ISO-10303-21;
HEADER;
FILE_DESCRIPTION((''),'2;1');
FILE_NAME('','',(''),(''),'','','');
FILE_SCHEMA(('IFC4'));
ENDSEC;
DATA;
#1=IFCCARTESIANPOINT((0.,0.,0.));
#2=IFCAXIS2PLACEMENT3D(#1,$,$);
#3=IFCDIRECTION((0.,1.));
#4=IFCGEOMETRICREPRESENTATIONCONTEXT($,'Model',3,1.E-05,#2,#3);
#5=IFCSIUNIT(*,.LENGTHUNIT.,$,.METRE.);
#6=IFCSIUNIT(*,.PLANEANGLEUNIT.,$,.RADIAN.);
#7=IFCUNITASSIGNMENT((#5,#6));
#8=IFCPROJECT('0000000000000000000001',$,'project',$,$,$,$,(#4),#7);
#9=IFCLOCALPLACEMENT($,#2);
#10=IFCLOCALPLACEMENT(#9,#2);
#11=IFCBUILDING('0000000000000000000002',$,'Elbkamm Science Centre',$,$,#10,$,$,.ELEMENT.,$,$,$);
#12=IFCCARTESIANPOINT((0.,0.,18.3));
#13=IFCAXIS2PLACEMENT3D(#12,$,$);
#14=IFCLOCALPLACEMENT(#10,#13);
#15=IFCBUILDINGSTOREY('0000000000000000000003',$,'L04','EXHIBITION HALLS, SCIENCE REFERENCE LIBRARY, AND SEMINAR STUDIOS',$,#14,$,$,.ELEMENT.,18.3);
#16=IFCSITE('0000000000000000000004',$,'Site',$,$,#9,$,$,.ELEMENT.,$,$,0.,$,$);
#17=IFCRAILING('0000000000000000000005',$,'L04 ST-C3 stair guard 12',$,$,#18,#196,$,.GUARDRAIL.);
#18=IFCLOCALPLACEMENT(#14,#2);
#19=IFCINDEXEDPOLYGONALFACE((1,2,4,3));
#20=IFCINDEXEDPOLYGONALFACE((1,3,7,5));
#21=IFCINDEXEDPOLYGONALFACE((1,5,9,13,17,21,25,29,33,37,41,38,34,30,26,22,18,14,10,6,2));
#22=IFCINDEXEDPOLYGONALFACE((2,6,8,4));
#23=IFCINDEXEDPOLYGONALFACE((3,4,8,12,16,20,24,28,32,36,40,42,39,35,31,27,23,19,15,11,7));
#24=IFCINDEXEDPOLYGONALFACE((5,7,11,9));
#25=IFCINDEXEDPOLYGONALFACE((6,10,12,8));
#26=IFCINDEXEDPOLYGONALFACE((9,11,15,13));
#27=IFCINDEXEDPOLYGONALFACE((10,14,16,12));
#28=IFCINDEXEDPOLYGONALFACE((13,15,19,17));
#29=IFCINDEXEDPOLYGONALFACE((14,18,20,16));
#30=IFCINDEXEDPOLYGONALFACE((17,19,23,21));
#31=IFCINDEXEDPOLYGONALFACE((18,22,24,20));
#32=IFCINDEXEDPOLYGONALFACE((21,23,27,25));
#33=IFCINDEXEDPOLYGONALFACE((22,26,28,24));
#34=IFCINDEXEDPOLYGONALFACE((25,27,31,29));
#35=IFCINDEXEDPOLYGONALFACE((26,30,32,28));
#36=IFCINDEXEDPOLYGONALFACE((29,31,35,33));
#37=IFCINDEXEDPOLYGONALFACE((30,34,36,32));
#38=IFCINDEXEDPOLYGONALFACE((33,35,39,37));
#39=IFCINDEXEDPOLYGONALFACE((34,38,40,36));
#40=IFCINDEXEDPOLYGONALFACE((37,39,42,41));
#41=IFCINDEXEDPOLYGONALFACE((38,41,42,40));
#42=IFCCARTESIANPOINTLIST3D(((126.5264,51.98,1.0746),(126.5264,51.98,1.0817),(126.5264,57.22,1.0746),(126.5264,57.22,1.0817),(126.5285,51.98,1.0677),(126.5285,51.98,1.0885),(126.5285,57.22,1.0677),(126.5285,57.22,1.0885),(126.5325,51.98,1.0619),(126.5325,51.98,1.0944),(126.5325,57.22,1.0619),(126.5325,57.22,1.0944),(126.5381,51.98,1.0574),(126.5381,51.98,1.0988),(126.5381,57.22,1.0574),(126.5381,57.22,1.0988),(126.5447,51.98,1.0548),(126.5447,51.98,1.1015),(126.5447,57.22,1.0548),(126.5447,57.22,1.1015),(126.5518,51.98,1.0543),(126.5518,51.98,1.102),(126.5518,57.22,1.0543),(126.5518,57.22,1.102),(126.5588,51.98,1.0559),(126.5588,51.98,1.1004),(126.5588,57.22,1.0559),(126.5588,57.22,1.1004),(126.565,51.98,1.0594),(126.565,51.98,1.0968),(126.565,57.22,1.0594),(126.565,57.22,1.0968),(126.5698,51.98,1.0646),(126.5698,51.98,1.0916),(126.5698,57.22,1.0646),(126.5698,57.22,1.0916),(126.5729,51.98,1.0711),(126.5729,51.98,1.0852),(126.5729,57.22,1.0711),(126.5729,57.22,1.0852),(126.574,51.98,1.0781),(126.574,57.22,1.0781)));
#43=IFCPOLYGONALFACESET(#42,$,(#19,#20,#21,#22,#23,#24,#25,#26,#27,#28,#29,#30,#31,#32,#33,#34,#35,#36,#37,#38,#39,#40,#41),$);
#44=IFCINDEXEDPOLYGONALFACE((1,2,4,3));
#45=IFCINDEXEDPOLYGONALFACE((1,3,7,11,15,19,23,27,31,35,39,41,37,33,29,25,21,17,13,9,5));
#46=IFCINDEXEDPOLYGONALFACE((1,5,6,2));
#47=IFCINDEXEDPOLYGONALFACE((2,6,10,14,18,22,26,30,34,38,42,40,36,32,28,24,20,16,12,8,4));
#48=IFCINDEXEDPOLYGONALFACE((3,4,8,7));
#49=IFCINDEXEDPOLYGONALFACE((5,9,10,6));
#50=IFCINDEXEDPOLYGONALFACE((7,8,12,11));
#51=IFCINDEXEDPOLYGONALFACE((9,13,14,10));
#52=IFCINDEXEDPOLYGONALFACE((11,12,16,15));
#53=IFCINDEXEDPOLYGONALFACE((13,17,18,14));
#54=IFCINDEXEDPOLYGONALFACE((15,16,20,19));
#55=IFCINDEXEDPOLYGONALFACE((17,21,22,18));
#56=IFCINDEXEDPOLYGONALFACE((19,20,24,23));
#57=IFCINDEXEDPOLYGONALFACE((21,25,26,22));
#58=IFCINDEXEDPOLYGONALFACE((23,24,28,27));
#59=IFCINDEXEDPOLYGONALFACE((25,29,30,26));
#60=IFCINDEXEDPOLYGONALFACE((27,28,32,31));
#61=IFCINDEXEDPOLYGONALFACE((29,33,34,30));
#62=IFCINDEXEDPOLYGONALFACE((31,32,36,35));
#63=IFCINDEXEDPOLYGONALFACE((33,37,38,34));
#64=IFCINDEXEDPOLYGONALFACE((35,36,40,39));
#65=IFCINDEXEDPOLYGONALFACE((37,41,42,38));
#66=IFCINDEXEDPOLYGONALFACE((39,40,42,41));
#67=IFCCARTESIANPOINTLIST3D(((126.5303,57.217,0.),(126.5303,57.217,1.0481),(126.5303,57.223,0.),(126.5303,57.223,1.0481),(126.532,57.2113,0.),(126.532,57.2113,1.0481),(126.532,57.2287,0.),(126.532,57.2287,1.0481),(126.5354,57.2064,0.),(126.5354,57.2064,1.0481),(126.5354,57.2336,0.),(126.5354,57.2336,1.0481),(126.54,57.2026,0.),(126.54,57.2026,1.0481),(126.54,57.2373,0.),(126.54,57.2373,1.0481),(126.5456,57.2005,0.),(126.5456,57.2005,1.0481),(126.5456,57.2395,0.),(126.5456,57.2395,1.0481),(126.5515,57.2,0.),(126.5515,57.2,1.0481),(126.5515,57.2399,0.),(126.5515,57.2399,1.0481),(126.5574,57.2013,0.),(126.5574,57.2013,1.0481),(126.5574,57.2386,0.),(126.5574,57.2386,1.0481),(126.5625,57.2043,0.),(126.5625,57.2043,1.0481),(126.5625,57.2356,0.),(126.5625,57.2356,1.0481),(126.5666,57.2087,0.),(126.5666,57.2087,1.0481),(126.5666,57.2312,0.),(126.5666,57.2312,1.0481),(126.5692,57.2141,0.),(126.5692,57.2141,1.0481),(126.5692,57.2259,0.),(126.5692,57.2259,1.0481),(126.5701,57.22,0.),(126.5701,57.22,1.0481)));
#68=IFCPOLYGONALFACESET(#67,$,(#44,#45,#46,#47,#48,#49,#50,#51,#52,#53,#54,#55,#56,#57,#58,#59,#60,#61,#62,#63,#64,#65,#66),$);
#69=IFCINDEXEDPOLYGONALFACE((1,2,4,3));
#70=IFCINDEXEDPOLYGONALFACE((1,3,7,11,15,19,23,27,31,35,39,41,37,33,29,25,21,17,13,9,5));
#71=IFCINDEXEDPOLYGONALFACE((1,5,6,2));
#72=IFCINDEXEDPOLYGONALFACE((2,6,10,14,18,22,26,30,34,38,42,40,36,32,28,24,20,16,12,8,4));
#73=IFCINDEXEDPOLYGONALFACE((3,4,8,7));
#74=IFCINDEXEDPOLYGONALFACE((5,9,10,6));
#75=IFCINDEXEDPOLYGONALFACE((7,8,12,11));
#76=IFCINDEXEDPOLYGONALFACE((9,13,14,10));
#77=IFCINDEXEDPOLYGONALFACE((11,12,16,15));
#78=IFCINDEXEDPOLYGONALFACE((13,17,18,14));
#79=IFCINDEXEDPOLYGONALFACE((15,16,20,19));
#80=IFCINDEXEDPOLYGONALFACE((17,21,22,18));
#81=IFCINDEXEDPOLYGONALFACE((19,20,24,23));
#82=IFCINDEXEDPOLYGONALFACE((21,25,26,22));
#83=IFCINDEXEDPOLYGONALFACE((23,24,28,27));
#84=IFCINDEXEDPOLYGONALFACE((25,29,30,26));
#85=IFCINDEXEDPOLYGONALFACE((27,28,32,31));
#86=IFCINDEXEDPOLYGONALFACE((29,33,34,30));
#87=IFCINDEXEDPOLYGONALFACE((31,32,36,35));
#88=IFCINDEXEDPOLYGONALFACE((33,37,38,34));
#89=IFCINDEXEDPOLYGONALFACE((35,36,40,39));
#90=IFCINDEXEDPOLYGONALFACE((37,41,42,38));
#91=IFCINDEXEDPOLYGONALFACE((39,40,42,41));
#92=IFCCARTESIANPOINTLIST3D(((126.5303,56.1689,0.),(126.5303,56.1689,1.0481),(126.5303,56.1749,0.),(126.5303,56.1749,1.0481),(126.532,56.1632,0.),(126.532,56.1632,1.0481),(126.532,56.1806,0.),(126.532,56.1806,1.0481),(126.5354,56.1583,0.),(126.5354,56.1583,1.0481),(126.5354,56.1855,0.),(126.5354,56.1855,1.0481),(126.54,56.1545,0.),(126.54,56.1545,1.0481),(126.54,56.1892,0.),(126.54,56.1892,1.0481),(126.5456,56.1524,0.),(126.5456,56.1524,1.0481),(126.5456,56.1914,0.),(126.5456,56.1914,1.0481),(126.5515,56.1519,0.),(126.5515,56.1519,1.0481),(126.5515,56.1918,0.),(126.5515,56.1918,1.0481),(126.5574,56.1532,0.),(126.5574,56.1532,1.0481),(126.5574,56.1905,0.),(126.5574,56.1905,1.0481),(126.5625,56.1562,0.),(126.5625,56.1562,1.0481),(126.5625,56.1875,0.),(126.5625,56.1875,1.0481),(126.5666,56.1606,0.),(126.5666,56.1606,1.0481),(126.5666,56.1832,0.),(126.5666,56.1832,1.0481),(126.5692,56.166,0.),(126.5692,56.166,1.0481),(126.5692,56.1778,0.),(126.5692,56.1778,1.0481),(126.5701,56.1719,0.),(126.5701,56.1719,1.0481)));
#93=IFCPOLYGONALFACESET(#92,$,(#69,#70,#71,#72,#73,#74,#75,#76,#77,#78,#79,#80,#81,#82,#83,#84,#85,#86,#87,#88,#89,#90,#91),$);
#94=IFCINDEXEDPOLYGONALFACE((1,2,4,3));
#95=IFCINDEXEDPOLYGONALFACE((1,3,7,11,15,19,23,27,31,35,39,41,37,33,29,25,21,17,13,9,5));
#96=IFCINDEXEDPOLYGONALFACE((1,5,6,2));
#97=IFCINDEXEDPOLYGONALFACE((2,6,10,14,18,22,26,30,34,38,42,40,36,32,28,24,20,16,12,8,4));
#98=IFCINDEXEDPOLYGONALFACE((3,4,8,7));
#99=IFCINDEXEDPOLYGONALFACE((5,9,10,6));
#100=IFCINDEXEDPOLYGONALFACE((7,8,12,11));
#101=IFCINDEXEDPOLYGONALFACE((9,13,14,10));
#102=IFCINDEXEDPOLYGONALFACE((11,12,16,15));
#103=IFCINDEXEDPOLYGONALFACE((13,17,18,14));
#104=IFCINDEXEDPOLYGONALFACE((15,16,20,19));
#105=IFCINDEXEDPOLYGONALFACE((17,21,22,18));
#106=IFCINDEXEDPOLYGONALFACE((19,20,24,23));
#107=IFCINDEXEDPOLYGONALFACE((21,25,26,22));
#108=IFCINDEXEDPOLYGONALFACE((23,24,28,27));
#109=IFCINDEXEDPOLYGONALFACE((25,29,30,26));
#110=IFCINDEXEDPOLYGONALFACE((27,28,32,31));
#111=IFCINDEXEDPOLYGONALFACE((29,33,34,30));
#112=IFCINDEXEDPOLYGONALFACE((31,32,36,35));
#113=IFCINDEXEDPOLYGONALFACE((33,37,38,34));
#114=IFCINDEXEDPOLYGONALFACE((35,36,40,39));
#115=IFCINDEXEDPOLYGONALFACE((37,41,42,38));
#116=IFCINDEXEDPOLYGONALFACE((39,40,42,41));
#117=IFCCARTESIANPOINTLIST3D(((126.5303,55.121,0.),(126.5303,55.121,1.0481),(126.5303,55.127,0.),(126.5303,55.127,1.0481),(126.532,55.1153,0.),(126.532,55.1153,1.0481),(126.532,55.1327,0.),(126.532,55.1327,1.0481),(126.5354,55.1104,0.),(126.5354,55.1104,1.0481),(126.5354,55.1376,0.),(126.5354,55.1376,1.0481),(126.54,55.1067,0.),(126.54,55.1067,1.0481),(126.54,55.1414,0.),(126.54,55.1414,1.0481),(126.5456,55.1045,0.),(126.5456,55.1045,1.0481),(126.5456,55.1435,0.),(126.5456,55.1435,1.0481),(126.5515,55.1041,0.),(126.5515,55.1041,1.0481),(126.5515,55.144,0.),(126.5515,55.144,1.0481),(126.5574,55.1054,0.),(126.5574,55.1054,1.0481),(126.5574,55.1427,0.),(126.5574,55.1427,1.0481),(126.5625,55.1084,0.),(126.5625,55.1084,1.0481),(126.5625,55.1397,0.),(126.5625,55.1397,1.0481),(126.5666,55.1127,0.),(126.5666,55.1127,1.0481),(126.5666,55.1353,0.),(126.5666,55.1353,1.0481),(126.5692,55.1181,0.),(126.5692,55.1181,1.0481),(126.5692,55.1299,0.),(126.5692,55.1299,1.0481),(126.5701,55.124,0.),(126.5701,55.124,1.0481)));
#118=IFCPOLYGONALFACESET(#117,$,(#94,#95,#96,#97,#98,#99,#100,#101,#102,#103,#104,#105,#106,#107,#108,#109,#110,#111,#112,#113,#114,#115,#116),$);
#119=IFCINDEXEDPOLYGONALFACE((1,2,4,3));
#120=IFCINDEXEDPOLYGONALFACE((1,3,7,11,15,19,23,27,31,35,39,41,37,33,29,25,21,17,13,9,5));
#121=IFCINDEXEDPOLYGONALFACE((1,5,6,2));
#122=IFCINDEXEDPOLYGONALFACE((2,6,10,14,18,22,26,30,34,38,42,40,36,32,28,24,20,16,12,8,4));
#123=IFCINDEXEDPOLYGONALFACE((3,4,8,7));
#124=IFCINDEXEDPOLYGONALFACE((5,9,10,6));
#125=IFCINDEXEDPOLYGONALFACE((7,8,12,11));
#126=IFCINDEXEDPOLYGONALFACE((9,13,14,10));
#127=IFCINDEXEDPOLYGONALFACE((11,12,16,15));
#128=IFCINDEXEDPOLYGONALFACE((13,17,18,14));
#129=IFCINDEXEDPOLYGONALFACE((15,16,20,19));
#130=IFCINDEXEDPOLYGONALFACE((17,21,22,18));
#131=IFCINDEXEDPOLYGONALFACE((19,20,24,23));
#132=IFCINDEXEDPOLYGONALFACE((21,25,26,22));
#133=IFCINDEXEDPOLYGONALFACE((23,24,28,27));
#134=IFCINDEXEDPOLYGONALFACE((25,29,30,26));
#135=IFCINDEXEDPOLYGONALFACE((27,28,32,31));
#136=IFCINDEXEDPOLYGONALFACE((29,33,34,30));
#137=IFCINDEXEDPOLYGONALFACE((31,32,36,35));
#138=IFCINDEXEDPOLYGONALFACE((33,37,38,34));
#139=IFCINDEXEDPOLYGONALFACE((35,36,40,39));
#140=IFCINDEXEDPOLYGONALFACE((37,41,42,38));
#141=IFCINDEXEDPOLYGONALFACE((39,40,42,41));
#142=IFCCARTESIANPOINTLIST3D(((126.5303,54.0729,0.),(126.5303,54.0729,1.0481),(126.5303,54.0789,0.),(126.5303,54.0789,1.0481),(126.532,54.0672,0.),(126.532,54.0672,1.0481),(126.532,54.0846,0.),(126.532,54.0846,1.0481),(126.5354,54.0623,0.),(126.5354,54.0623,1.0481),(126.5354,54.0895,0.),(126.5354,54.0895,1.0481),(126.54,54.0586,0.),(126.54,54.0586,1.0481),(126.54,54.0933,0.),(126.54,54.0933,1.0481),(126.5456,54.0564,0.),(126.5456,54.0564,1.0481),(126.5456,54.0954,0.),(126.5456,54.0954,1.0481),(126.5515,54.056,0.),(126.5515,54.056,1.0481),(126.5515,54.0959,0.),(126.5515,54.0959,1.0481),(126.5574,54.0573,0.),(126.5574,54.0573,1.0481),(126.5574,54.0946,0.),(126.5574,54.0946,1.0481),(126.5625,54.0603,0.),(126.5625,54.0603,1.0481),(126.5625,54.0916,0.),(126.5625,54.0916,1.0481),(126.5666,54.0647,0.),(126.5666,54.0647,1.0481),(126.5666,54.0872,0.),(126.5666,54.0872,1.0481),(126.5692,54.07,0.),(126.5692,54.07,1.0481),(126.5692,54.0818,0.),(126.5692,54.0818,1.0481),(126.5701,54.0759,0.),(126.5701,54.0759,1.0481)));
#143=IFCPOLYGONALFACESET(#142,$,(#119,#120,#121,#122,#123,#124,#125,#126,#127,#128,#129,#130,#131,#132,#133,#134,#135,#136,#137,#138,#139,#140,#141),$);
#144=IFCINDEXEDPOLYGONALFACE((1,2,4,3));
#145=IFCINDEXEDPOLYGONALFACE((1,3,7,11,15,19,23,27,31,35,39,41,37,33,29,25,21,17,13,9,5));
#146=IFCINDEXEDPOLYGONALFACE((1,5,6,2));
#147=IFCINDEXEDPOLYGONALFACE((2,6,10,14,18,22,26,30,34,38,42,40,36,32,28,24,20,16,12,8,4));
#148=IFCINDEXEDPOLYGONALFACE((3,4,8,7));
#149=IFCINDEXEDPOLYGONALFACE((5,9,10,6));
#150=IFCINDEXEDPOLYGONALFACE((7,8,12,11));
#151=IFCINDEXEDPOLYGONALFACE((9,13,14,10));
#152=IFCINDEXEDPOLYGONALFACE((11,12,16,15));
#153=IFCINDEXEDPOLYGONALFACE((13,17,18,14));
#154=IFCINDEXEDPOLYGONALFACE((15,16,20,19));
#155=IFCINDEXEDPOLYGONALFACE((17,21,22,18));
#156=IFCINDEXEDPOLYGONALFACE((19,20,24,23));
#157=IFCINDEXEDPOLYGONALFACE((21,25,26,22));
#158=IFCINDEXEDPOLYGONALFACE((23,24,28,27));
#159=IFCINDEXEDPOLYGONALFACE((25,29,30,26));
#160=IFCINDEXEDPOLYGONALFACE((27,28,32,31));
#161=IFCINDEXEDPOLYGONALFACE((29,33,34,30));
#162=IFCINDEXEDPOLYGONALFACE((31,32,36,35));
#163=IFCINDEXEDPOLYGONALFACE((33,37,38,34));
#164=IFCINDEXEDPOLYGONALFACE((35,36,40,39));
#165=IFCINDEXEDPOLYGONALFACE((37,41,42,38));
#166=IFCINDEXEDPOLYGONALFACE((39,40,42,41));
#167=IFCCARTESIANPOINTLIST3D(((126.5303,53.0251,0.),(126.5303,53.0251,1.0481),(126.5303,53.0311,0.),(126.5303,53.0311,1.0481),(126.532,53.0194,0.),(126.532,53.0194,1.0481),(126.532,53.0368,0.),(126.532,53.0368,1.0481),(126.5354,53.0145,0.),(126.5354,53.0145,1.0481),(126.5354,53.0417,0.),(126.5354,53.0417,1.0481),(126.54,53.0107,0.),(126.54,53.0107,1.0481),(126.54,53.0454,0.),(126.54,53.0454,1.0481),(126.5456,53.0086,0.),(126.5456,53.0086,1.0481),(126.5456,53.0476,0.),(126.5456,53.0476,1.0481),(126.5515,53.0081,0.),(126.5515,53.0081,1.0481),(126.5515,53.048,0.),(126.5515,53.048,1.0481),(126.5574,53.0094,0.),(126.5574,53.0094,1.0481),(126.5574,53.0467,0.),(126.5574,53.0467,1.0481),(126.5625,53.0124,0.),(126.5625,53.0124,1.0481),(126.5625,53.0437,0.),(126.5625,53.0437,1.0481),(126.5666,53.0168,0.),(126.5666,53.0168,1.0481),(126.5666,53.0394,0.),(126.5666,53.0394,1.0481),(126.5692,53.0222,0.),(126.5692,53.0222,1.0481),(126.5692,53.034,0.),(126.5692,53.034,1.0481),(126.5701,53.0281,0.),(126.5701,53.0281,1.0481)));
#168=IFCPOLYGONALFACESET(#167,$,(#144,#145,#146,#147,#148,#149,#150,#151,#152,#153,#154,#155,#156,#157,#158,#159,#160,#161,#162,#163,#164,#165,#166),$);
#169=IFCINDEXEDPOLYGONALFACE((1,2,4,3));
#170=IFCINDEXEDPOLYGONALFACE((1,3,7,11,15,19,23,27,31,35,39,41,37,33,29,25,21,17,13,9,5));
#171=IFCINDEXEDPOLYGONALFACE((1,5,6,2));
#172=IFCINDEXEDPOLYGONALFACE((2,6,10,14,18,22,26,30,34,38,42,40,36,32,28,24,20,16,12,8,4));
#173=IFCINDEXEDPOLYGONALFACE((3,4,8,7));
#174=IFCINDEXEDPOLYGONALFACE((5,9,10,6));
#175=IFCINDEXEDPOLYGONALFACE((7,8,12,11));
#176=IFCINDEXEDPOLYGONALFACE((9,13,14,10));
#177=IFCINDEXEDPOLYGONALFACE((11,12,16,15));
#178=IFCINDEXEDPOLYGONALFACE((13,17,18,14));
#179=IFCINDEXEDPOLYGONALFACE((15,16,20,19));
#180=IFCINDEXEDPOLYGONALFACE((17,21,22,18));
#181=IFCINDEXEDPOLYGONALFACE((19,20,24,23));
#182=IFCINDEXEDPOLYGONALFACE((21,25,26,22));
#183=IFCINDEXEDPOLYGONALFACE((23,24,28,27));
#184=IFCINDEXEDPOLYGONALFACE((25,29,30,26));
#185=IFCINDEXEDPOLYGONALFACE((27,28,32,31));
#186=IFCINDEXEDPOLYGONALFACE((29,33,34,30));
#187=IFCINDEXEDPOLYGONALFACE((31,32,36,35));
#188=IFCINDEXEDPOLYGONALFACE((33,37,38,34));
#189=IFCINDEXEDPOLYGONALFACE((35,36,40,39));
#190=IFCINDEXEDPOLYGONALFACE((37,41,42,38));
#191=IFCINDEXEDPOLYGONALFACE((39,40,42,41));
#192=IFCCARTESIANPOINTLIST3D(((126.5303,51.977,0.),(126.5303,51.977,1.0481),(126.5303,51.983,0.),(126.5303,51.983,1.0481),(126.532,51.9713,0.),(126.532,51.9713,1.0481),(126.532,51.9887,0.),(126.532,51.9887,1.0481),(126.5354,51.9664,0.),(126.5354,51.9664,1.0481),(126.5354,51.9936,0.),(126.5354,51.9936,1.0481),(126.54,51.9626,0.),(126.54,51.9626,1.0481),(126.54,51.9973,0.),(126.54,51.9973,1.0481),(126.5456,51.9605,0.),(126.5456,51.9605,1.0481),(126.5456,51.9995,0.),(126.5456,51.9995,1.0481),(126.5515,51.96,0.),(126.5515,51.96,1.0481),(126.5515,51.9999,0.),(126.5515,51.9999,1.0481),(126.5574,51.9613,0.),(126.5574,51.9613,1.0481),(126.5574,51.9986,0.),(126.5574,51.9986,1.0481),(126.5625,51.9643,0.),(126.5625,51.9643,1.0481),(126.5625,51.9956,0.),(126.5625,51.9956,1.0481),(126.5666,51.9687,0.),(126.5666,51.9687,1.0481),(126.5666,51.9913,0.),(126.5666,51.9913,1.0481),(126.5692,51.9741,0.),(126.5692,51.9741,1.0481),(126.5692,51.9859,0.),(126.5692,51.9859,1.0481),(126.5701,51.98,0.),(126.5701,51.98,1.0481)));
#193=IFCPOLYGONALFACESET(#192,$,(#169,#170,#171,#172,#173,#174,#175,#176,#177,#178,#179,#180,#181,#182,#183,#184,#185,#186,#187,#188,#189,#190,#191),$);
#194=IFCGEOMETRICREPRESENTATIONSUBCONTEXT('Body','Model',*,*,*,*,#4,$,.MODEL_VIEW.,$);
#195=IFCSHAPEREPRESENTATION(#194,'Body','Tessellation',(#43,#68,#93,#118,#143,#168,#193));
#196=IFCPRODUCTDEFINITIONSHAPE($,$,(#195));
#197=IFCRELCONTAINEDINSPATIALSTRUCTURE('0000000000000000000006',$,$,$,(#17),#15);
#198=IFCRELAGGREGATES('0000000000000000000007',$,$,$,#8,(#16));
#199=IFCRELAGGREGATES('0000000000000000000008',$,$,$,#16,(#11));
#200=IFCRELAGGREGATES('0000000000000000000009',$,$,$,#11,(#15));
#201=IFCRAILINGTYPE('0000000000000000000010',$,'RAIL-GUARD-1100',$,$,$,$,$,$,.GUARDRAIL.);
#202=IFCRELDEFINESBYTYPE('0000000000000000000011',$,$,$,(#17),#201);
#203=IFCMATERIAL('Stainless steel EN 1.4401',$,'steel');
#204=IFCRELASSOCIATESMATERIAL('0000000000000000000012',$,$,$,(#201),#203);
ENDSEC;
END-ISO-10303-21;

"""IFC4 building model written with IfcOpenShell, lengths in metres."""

from ifc_helpers import new_model, si_unit, direction, frame, origin, origin_2d, place, context, subcontext, project, spatial, circle, extrude, material, type_object, element, save


model = new_model("IFC4")

# Units and contexts
model_context = context("Model", 3, precision=1e-05, world=origin(), true_north=direction((0.0, 1.0)))
body_context = subcontext(model_context, "Body", "Model", "MODEL_VIEW")
ifc_project = project(units=[si_unit("LENGTHUNIT", "METRE"), si_unit("PLANEANGLEUNIT", "RADIAN")], contexts=[model_context])

# Site, building, storey
site_placement = place(None, origin())
site = spatial("IfcSite", under=ifc_project, at=site_placement, Name="Site", CompositionType="ELEMENT", RefElevation=0.0)
building_placement = place(site_placement, origin())
building = spatial("IfcBuilding", under=site, at=building_placement, Name="Elbkamm Science Centre", CompositionType="ELEMENT")
storey_placement = place(building_placement, frame((0.0, 0.0, 18.3)))
storey = spatial("IfcBuildingStorey", under=building, at=storey_placement, Name="L04", Description="EXHIBITION HALLS, SCIENCE REFERENCE LIBRARY, AND SEMINAR STUDIOS", CompositionType="ELEMENT", Elevation=18.3)

# Railing
ifc_material_1 = material(Name="Stainless steel EN 1.4401", Category="steel")
railing_type_1 = type_object("IfcRailingType", Name="RAIL-GUARD-1100", PredefinedType="GUARDRAIL", material=ifc_material_1)
railing_1_placement = place(storey_placement, frame((126.55, 57.22, 0.0)))
element("IfcRailing", 1, at=railing_1_placement, inside=storey, type_object=railing_type_1, Name="L04 ST-C3 stair guard 12", PredefinedType="GUARDRAIL", context=body_context, shape_type="SweptSolid", body=[
    extrude(circle(Radius=0.0239, at=origin_2d()), frame((0.0, 0.0, 1.0781), z_axis=(0.0, -1.0, 0.0), x_axis=(1.0, 0.0, 0.0)), (0.0, 0.0, 1.0), 5.24),
    extrude(circle(Radius=0.02, at=origin_2d()), origin(), (0.0, 0.0, 1.0), 1.0481),
    extrude(circle(Radius=0.02, at=origin_2d()), frame((0.0, -1.0481, 0.0)), (0.0, 0.0, 1.0), 1.0481),
    extrude(circle(Radius=0.02, at=origin_2d()), frame((0.0, -2.0959, 0.0)), (0.0, 0.0, 1.0), 1.0481),
    extrude(circle(Radius=0.02, at=origin_2d()), frame((0.0, -3.144, 0.0)), (0.0, 0.0, 1.0), 1.0481),
    extrude(circle(Radius=0.02, at=origin_2d()), frame((0.0, -4.1919, 0.0)), (0.0, 0.0, 1.0), 1.0481),
    extrude(circle(Radius=0.02, at=origin_2d()), frame((0.0, -5.24, 0.0)), (0.0, 0.0, 1.0), 1.0481),
])

save(model, "model.ifc")
